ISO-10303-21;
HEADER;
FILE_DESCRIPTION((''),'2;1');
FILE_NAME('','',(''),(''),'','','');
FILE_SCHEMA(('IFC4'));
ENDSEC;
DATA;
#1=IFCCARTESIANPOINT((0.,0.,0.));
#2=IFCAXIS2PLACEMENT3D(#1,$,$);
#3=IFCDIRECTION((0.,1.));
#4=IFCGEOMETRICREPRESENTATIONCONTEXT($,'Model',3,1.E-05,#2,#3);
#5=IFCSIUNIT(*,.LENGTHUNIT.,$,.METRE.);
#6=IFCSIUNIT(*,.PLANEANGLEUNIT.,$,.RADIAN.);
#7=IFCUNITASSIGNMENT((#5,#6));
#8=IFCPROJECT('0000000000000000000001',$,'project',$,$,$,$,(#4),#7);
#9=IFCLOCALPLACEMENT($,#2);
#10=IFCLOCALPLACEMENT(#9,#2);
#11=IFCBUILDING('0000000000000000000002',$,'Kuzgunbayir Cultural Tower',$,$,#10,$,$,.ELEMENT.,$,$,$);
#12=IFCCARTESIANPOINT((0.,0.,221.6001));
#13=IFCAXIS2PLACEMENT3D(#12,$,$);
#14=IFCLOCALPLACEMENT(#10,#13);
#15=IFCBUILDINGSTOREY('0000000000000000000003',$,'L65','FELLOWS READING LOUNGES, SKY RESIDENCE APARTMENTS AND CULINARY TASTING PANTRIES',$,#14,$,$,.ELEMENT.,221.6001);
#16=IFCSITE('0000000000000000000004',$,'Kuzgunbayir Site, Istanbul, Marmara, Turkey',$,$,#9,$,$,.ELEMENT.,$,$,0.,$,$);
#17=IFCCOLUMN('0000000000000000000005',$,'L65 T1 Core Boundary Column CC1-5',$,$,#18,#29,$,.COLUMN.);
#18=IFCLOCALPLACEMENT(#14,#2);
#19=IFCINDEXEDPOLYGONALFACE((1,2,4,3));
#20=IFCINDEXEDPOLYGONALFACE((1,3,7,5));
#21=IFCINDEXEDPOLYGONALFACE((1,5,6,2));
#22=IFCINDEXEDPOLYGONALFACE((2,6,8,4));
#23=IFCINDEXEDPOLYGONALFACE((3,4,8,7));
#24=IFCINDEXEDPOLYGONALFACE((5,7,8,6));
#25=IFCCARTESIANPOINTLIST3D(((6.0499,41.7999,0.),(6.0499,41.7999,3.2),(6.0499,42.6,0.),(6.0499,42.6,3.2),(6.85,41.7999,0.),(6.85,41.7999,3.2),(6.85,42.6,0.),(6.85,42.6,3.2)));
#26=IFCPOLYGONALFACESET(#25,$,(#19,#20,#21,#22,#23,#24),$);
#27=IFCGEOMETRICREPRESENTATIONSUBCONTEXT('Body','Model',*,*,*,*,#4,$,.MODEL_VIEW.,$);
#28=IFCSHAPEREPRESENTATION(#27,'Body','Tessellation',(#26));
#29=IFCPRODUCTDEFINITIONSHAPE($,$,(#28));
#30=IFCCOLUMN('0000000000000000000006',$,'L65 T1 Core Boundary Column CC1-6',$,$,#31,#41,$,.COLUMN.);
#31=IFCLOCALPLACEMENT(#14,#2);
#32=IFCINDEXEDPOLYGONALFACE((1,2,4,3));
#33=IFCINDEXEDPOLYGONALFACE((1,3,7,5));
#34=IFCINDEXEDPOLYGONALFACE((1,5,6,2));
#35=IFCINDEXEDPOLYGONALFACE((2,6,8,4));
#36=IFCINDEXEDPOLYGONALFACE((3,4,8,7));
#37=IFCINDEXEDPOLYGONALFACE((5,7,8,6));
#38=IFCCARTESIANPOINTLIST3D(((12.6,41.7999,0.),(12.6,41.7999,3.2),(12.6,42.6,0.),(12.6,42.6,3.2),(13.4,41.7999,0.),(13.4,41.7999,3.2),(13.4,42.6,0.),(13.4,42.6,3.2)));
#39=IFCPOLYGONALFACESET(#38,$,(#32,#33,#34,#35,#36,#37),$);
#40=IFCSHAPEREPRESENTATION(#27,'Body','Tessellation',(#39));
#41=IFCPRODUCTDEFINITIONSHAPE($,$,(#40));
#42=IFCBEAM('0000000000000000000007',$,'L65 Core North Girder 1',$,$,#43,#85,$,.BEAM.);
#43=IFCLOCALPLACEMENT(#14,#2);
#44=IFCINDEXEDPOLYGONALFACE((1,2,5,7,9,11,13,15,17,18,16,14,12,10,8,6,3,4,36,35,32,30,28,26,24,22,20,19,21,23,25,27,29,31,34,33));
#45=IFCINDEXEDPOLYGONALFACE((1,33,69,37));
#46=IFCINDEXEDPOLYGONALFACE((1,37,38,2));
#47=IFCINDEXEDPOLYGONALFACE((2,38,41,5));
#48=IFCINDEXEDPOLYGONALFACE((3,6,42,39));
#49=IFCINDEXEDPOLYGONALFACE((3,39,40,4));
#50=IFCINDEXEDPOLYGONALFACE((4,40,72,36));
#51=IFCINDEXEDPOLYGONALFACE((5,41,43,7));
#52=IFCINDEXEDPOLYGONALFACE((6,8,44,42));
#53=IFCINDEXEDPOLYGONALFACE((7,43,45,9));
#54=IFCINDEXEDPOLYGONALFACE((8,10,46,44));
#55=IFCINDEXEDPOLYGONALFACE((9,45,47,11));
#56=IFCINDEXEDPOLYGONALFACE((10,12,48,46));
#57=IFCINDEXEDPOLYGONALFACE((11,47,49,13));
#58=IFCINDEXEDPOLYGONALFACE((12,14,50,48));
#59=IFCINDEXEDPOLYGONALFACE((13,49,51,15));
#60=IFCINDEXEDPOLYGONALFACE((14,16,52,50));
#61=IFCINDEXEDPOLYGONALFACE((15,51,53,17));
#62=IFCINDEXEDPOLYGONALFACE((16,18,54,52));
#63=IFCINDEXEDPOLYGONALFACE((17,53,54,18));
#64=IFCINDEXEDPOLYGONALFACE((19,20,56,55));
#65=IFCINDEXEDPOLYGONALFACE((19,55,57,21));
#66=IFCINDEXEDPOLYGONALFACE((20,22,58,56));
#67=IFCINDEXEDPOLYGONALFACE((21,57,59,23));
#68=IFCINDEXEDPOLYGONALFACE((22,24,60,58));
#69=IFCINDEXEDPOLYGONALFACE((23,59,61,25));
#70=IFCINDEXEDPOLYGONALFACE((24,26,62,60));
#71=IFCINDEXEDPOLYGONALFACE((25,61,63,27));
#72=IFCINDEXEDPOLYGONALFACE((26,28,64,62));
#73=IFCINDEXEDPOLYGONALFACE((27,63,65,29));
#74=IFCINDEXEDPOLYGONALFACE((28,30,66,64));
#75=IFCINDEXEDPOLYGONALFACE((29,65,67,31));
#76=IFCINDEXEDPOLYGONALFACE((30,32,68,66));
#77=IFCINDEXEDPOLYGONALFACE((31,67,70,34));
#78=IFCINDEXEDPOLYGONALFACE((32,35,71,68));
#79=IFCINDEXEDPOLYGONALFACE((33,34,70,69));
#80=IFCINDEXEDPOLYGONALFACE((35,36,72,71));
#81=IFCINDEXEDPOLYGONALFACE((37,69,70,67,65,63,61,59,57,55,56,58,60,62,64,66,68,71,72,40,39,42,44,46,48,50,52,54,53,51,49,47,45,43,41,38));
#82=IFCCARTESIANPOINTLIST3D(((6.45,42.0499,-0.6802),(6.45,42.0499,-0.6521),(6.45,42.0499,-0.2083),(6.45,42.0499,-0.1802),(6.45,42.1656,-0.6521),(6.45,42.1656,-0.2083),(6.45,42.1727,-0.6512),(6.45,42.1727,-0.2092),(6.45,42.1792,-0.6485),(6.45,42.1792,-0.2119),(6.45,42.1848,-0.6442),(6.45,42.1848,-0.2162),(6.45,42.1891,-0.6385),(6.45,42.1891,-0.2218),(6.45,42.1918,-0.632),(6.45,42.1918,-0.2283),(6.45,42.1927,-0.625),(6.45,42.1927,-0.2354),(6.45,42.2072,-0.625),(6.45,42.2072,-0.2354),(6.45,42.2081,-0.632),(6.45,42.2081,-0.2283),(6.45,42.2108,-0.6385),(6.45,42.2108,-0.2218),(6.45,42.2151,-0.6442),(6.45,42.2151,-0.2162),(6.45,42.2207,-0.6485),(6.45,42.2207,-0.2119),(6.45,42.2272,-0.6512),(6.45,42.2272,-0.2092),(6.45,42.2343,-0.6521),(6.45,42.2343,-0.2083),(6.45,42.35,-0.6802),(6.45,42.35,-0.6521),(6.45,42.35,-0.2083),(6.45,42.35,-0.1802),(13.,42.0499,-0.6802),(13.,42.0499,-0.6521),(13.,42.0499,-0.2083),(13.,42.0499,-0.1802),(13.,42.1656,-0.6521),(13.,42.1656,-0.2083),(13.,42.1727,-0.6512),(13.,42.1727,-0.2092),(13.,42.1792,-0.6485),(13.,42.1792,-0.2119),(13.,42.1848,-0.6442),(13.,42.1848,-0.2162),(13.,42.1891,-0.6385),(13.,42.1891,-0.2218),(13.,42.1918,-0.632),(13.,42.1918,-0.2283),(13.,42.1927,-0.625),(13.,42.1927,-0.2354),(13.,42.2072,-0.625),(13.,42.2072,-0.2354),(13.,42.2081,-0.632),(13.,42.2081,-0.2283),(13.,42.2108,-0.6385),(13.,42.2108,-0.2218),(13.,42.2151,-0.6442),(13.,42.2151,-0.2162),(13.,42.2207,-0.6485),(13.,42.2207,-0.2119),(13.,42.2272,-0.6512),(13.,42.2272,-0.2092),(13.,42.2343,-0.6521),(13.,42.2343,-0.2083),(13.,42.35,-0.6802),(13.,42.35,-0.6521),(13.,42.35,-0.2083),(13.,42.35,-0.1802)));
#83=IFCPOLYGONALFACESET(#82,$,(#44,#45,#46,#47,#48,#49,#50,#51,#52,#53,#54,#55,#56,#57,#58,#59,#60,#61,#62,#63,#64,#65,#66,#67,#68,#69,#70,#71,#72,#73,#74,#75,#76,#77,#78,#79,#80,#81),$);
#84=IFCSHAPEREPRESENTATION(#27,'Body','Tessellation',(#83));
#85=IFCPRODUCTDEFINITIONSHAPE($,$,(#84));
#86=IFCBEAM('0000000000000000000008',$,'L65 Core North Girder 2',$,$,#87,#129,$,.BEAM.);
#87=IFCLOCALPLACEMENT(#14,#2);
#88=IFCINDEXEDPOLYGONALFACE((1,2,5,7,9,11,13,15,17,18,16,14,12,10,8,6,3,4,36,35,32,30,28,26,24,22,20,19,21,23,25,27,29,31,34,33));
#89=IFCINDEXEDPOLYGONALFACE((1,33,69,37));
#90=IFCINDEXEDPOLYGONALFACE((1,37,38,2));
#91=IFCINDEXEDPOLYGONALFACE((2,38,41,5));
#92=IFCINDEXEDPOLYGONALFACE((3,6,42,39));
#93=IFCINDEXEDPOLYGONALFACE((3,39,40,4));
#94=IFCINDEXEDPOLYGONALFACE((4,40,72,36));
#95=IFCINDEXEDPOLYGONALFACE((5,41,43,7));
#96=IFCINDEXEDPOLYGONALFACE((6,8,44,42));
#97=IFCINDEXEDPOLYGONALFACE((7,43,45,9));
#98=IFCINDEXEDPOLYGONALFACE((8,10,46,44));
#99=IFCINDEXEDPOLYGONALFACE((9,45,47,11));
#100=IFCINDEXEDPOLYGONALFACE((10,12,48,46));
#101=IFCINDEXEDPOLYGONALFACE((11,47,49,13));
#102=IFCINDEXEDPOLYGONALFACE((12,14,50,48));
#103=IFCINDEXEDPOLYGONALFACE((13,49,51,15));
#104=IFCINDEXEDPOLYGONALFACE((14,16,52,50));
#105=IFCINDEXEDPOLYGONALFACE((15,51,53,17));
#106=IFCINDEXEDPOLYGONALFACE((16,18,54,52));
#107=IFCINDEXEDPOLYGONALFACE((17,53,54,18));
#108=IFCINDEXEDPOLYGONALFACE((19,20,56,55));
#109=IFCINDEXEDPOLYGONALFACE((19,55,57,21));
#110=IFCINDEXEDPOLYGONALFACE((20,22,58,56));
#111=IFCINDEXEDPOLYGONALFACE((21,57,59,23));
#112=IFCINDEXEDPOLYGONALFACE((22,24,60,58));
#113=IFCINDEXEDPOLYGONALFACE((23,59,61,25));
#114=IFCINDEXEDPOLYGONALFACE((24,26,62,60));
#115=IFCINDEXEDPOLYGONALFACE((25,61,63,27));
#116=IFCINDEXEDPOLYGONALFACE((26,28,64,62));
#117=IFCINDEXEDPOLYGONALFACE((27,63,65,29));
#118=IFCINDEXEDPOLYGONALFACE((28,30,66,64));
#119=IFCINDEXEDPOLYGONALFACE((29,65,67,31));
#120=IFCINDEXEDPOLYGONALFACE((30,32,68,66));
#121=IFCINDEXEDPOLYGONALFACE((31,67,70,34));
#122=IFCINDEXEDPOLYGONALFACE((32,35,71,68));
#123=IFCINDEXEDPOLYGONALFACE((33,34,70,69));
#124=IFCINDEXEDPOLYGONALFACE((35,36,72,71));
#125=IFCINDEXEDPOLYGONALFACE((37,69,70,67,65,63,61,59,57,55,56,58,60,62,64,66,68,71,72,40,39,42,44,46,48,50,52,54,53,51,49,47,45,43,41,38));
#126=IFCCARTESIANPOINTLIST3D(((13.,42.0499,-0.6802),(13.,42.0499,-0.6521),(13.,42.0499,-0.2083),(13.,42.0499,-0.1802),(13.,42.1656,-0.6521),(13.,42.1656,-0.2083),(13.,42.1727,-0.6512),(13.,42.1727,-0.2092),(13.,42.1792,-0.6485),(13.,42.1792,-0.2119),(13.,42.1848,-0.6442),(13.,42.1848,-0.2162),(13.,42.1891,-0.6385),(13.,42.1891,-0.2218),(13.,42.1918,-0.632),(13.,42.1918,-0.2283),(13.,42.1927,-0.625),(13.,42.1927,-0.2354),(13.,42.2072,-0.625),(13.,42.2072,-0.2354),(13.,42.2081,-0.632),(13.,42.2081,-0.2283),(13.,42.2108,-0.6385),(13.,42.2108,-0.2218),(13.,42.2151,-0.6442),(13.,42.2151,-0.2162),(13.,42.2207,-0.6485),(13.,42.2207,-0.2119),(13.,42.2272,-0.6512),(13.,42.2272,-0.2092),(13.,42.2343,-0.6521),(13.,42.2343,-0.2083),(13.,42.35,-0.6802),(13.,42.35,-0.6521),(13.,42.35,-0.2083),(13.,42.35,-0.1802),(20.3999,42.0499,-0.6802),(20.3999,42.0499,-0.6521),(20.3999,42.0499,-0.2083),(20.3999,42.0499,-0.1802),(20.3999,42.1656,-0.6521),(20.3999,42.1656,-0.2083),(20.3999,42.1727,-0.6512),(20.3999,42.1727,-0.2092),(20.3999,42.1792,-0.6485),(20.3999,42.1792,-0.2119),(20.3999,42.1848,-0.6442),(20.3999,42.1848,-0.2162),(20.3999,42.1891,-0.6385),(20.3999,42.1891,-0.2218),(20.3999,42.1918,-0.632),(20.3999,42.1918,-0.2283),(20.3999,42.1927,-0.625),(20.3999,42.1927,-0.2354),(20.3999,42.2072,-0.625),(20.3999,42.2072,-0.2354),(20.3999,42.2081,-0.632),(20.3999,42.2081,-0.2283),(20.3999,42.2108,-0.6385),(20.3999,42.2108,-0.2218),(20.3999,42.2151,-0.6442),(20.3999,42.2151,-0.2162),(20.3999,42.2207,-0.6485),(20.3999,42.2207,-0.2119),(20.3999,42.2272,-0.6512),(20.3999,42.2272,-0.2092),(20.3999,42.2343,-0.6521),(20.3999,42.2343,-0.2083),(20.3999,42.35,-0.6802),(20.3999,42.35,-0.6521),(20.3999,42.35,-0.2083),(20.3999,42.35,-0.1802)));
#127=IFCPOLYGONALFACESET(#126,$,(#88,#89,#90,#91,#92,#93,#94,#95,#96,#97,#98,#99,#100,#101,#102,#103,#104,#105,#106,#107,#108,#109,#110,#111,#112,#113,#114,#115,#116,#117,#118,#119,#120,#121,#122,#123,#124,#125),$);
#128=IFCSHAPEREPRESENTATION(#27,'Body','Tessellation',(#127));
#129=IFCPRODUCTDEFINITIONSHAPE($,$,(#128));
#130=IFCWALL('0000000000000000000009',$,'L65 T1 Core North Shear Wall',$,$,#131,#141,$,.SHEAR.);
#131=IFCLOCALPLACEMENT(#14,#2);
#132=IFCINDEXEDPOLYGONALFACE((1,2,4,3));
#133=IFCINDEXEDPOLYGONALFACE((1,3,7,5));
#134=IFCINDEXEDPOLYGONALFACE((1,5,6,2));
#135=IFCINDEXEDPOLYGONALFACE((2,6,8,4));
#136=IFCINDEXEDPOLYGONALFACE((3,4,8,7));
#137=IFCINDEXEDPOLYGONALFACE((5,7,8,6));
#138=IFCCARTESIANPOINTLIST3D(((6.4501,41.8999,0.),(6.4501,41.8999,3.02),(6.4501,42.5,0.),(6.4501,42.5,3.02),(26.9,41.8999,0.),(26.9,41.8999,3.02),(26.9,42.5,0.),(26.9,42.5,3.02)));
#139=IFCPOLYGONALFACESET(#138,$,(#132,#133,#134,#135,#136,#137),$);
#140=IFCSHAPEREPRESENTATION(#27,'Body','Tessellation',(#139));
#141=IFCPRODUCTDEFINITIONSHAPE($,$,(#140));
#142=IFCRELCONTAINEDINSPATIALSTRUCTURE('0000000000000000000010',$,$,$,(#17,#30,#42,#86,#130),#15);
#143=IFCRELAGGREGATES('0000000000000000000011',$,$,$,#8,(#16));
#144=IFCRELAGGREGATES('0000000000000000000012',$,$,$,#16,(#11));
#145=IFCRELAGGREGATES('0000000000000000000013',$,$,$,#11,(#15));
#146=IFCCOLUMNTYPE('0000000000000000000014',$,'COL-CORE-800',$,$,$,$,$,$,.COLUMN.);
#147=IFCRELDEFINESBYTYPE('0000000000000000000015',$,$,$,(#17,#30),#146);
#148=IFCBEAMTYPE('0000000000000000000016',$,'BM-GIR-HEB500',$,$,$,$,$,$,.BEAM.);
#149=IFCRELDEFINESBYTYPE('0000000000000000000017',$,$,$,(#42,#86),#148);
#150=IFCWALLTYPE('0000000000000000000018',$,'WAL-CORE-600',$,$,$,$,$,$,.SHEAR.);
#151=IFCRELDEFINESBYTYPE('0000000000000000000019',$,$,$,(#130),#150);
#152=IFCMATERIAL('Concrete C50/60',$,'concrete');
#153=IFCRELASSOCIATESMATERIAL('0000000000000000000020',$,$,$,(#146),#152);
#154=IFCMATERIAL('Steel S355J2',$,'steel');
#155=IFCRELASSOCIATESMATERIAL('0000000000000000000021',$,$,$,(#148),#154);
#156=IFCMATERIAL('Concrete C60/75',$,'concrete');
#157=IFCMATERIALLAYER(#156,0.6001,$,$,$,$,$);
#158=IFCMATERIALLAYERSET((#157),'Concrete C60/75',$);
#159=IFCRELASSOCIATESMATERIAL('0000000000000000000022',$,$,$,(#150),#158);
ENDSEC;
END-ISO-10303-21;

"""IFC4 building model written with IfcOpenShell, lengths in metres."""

from ifc_helpers import new_model, si_unit, direction, frame, frame_2d, origin, origin_2d, place, context, subcontext, project, spatial, rectangle, i_section, extrude, material, layer, layer_set, material_profile, profile_set, type_object, element, save


model = new_model("IFC4")

# Units and contexts
model_context = context("Model", 3, precision=1e-05, world=origin(), true_north=direction((0.0, 1.0)))
body_context = subcontext(model_context, "Body", "Model", "MODEL_VIEW")
ifc_project = project(units=[si_unit("LENGTHUNIT", "METRE"), si_unit("PLANEANGLEUNIT", "RADIAN")], contexts=[model_context])

# Site, building, storey
site_placement = place(None, origin())
site = spatial("IfcSite", under=ifc_project, at=site_placement, Name="Kuzgunbayir Site, Istanbul, Marmara, Turkey", CompositionType="ELEMENT", RefElevation=0.0)
building_placement = place(site_placement, origin())
building = spatial("IfcBuilding", under=site, at=building_placement, Name="Kuzgunbayir Cultural Tower", CompositionType="ELEMENT")
storey_placement = place(building_placement, frame((0.0, 0.0, 221.6001)))
storey = spatial("IfcBuildingStorey", under=building, at=storey_placement, Name="L65", Description="FELLOWS READING LOUNGES, SKY RESIDENCE APARTMENTS AND CULINARY TASTING PANTRIES", CompositionType="ELEMENT", Elevation=221.6001)

# Columns
ifc_material_1 = material(Name="Concrete C50/60", Category="concrete")
ifc_material_profile_1 = material_profile(ifc_material_1, rectangle(XDim=0.8, YDim=0.8, at=origin_2d()), Name="RC 800x800")
ifc_profile_set_1 = profile_set([ifc_material_profile_1], Name="Concrete C50/60")
column_type = type_object("IfcColumnType", Name="COL-CORE-800", PredefinedType="COLUMN", material=ifc_profile_set_1)
for number, where, z_axis, x_axis, name in (
    (1, (6.45, 42.2, 0.0), (0.0, 0.0, 1.0), (1.0, 0.0, 0.0), "L65 T1 Core Boundary Column CC1-5"),
    (2, (13.0, 42.2, 0.0), (0.0, 0.0, 1.0), (1.0, 0.0, 0.0), "L65 T1 Core Boundary Column CC1-6"),
):
    element("IfcColumn", number, at=place(storey_placement, frame(where, z_axis=z_axis, x_axis=x_axis)), inside=storey, type_object=column_type, Name=name, PredefinedType="COLUMN", context=body_context, shape_type="SweptSolid", body=[
        extrude(rectangle(XDim=0.8, YDim=0.8, at=origin_2d()), origin(), (0.0, 0.0, 1.0), 3.2),
    ])

# Beams
ifc_material_2 = material(Name="Steel S355J2", Category="steel")
ifc_material_profile_2 = material_profile(ifc_material_2, i_section(OverallWidth=0.3, OverallDepth=0.5, WebThickness=0.0144, FlangeThickness=0.0281, FilletRadius=0.0271, at=origin_2d()), Name="HEB 500")
ifc_profile_set_2 = profile_set([ifc_material_profile_2], Name="Steel S355J2")
beam_type = type_object("IfcBeamType", Name="BM-GIR-HEB500", PredefinedType="BEAM", material=ifc_profile_set_2)
beam_1_placement = place(storey_placement, frame((6.45, 42.2, -0.4302), z_axis=(1.0, 0.0, 0.0), x_axis=(0.0, 1.0, 0.0)))
element("IfcBeam", 3, at=beam_1_placement, inside=storey, type_object=beam_type, Name="L65 Core North Girder 1", PredefinedType="BEAM", context=body_context, shape_type="SweptSolid", body=[
    extrude(i_section(OverallWidth=0.3, OverallDepth=0.5, WebThickness=0.0144, FlangeThickness=0.0281, FilletRadius=0.0271, at=origin_2d()), origin(), (0.0, 0.0, 1.0), 6.55),
])
beam_2_placement = place(storey_placement, frame((13.0, 42.2, -0.4302), z_axis=(1.0, 0.0, 0.0), x_axis=(0.0, 1.0, 0.0)))
element("IfcBeam", 4, at=beam_2_placement, inside=storey, type_object=beam_type, Name="L65 Core North Girder 2", PredefinedType="BEAM", context=body_context, shape_type="SweptSolid", body=[
    extrude(i_section(OverallWidth=0.3, OverallDepth=0.5, WebThickness=0.0144, FlangeThickness=0.0281, FilletRadius=0.0271, at=origin_2d()), origin(), (0.0, 0.0, 1.0), 7.3999),
])

# Wall
ifc_material_3 = material(Name="Concrete C60/75", Category="concrete")
ifc_layer_1 = layer(ifc_material_3, 0.6001)
ifc_layer_set_1 = layer_set([ifc_layer_1], Name="Concrete C60/75")
wall_type_1 = type_object("IfcWallType", Name="WAL-CORE-600", PredefinedType="SHEAR", material=ifc_layer_set_1)
wall_1_placement = place(storey_placement, frame((6.45, 42.2, 0.0), z_axis=(0.0, 0.0, 1.0), x_axis=(1.0, 0.0, 0.0)))
element("IfcWall", 5, at=wall_1_placement, inside=storey, type_object=wall_type_1, Name="L65 T1 Core North Shear Wall", PredefinedType="SHEAR", context=body_context, shape_type="SweptSolid", body=[
    extrude(rectangle(XDim=20.45, YDim=0.6001, at=frame_2d((10.2251, 0.0))), origin(), (0.0, 0.0, 1.0), 3.02),
])

save(model, "model.ifc")
